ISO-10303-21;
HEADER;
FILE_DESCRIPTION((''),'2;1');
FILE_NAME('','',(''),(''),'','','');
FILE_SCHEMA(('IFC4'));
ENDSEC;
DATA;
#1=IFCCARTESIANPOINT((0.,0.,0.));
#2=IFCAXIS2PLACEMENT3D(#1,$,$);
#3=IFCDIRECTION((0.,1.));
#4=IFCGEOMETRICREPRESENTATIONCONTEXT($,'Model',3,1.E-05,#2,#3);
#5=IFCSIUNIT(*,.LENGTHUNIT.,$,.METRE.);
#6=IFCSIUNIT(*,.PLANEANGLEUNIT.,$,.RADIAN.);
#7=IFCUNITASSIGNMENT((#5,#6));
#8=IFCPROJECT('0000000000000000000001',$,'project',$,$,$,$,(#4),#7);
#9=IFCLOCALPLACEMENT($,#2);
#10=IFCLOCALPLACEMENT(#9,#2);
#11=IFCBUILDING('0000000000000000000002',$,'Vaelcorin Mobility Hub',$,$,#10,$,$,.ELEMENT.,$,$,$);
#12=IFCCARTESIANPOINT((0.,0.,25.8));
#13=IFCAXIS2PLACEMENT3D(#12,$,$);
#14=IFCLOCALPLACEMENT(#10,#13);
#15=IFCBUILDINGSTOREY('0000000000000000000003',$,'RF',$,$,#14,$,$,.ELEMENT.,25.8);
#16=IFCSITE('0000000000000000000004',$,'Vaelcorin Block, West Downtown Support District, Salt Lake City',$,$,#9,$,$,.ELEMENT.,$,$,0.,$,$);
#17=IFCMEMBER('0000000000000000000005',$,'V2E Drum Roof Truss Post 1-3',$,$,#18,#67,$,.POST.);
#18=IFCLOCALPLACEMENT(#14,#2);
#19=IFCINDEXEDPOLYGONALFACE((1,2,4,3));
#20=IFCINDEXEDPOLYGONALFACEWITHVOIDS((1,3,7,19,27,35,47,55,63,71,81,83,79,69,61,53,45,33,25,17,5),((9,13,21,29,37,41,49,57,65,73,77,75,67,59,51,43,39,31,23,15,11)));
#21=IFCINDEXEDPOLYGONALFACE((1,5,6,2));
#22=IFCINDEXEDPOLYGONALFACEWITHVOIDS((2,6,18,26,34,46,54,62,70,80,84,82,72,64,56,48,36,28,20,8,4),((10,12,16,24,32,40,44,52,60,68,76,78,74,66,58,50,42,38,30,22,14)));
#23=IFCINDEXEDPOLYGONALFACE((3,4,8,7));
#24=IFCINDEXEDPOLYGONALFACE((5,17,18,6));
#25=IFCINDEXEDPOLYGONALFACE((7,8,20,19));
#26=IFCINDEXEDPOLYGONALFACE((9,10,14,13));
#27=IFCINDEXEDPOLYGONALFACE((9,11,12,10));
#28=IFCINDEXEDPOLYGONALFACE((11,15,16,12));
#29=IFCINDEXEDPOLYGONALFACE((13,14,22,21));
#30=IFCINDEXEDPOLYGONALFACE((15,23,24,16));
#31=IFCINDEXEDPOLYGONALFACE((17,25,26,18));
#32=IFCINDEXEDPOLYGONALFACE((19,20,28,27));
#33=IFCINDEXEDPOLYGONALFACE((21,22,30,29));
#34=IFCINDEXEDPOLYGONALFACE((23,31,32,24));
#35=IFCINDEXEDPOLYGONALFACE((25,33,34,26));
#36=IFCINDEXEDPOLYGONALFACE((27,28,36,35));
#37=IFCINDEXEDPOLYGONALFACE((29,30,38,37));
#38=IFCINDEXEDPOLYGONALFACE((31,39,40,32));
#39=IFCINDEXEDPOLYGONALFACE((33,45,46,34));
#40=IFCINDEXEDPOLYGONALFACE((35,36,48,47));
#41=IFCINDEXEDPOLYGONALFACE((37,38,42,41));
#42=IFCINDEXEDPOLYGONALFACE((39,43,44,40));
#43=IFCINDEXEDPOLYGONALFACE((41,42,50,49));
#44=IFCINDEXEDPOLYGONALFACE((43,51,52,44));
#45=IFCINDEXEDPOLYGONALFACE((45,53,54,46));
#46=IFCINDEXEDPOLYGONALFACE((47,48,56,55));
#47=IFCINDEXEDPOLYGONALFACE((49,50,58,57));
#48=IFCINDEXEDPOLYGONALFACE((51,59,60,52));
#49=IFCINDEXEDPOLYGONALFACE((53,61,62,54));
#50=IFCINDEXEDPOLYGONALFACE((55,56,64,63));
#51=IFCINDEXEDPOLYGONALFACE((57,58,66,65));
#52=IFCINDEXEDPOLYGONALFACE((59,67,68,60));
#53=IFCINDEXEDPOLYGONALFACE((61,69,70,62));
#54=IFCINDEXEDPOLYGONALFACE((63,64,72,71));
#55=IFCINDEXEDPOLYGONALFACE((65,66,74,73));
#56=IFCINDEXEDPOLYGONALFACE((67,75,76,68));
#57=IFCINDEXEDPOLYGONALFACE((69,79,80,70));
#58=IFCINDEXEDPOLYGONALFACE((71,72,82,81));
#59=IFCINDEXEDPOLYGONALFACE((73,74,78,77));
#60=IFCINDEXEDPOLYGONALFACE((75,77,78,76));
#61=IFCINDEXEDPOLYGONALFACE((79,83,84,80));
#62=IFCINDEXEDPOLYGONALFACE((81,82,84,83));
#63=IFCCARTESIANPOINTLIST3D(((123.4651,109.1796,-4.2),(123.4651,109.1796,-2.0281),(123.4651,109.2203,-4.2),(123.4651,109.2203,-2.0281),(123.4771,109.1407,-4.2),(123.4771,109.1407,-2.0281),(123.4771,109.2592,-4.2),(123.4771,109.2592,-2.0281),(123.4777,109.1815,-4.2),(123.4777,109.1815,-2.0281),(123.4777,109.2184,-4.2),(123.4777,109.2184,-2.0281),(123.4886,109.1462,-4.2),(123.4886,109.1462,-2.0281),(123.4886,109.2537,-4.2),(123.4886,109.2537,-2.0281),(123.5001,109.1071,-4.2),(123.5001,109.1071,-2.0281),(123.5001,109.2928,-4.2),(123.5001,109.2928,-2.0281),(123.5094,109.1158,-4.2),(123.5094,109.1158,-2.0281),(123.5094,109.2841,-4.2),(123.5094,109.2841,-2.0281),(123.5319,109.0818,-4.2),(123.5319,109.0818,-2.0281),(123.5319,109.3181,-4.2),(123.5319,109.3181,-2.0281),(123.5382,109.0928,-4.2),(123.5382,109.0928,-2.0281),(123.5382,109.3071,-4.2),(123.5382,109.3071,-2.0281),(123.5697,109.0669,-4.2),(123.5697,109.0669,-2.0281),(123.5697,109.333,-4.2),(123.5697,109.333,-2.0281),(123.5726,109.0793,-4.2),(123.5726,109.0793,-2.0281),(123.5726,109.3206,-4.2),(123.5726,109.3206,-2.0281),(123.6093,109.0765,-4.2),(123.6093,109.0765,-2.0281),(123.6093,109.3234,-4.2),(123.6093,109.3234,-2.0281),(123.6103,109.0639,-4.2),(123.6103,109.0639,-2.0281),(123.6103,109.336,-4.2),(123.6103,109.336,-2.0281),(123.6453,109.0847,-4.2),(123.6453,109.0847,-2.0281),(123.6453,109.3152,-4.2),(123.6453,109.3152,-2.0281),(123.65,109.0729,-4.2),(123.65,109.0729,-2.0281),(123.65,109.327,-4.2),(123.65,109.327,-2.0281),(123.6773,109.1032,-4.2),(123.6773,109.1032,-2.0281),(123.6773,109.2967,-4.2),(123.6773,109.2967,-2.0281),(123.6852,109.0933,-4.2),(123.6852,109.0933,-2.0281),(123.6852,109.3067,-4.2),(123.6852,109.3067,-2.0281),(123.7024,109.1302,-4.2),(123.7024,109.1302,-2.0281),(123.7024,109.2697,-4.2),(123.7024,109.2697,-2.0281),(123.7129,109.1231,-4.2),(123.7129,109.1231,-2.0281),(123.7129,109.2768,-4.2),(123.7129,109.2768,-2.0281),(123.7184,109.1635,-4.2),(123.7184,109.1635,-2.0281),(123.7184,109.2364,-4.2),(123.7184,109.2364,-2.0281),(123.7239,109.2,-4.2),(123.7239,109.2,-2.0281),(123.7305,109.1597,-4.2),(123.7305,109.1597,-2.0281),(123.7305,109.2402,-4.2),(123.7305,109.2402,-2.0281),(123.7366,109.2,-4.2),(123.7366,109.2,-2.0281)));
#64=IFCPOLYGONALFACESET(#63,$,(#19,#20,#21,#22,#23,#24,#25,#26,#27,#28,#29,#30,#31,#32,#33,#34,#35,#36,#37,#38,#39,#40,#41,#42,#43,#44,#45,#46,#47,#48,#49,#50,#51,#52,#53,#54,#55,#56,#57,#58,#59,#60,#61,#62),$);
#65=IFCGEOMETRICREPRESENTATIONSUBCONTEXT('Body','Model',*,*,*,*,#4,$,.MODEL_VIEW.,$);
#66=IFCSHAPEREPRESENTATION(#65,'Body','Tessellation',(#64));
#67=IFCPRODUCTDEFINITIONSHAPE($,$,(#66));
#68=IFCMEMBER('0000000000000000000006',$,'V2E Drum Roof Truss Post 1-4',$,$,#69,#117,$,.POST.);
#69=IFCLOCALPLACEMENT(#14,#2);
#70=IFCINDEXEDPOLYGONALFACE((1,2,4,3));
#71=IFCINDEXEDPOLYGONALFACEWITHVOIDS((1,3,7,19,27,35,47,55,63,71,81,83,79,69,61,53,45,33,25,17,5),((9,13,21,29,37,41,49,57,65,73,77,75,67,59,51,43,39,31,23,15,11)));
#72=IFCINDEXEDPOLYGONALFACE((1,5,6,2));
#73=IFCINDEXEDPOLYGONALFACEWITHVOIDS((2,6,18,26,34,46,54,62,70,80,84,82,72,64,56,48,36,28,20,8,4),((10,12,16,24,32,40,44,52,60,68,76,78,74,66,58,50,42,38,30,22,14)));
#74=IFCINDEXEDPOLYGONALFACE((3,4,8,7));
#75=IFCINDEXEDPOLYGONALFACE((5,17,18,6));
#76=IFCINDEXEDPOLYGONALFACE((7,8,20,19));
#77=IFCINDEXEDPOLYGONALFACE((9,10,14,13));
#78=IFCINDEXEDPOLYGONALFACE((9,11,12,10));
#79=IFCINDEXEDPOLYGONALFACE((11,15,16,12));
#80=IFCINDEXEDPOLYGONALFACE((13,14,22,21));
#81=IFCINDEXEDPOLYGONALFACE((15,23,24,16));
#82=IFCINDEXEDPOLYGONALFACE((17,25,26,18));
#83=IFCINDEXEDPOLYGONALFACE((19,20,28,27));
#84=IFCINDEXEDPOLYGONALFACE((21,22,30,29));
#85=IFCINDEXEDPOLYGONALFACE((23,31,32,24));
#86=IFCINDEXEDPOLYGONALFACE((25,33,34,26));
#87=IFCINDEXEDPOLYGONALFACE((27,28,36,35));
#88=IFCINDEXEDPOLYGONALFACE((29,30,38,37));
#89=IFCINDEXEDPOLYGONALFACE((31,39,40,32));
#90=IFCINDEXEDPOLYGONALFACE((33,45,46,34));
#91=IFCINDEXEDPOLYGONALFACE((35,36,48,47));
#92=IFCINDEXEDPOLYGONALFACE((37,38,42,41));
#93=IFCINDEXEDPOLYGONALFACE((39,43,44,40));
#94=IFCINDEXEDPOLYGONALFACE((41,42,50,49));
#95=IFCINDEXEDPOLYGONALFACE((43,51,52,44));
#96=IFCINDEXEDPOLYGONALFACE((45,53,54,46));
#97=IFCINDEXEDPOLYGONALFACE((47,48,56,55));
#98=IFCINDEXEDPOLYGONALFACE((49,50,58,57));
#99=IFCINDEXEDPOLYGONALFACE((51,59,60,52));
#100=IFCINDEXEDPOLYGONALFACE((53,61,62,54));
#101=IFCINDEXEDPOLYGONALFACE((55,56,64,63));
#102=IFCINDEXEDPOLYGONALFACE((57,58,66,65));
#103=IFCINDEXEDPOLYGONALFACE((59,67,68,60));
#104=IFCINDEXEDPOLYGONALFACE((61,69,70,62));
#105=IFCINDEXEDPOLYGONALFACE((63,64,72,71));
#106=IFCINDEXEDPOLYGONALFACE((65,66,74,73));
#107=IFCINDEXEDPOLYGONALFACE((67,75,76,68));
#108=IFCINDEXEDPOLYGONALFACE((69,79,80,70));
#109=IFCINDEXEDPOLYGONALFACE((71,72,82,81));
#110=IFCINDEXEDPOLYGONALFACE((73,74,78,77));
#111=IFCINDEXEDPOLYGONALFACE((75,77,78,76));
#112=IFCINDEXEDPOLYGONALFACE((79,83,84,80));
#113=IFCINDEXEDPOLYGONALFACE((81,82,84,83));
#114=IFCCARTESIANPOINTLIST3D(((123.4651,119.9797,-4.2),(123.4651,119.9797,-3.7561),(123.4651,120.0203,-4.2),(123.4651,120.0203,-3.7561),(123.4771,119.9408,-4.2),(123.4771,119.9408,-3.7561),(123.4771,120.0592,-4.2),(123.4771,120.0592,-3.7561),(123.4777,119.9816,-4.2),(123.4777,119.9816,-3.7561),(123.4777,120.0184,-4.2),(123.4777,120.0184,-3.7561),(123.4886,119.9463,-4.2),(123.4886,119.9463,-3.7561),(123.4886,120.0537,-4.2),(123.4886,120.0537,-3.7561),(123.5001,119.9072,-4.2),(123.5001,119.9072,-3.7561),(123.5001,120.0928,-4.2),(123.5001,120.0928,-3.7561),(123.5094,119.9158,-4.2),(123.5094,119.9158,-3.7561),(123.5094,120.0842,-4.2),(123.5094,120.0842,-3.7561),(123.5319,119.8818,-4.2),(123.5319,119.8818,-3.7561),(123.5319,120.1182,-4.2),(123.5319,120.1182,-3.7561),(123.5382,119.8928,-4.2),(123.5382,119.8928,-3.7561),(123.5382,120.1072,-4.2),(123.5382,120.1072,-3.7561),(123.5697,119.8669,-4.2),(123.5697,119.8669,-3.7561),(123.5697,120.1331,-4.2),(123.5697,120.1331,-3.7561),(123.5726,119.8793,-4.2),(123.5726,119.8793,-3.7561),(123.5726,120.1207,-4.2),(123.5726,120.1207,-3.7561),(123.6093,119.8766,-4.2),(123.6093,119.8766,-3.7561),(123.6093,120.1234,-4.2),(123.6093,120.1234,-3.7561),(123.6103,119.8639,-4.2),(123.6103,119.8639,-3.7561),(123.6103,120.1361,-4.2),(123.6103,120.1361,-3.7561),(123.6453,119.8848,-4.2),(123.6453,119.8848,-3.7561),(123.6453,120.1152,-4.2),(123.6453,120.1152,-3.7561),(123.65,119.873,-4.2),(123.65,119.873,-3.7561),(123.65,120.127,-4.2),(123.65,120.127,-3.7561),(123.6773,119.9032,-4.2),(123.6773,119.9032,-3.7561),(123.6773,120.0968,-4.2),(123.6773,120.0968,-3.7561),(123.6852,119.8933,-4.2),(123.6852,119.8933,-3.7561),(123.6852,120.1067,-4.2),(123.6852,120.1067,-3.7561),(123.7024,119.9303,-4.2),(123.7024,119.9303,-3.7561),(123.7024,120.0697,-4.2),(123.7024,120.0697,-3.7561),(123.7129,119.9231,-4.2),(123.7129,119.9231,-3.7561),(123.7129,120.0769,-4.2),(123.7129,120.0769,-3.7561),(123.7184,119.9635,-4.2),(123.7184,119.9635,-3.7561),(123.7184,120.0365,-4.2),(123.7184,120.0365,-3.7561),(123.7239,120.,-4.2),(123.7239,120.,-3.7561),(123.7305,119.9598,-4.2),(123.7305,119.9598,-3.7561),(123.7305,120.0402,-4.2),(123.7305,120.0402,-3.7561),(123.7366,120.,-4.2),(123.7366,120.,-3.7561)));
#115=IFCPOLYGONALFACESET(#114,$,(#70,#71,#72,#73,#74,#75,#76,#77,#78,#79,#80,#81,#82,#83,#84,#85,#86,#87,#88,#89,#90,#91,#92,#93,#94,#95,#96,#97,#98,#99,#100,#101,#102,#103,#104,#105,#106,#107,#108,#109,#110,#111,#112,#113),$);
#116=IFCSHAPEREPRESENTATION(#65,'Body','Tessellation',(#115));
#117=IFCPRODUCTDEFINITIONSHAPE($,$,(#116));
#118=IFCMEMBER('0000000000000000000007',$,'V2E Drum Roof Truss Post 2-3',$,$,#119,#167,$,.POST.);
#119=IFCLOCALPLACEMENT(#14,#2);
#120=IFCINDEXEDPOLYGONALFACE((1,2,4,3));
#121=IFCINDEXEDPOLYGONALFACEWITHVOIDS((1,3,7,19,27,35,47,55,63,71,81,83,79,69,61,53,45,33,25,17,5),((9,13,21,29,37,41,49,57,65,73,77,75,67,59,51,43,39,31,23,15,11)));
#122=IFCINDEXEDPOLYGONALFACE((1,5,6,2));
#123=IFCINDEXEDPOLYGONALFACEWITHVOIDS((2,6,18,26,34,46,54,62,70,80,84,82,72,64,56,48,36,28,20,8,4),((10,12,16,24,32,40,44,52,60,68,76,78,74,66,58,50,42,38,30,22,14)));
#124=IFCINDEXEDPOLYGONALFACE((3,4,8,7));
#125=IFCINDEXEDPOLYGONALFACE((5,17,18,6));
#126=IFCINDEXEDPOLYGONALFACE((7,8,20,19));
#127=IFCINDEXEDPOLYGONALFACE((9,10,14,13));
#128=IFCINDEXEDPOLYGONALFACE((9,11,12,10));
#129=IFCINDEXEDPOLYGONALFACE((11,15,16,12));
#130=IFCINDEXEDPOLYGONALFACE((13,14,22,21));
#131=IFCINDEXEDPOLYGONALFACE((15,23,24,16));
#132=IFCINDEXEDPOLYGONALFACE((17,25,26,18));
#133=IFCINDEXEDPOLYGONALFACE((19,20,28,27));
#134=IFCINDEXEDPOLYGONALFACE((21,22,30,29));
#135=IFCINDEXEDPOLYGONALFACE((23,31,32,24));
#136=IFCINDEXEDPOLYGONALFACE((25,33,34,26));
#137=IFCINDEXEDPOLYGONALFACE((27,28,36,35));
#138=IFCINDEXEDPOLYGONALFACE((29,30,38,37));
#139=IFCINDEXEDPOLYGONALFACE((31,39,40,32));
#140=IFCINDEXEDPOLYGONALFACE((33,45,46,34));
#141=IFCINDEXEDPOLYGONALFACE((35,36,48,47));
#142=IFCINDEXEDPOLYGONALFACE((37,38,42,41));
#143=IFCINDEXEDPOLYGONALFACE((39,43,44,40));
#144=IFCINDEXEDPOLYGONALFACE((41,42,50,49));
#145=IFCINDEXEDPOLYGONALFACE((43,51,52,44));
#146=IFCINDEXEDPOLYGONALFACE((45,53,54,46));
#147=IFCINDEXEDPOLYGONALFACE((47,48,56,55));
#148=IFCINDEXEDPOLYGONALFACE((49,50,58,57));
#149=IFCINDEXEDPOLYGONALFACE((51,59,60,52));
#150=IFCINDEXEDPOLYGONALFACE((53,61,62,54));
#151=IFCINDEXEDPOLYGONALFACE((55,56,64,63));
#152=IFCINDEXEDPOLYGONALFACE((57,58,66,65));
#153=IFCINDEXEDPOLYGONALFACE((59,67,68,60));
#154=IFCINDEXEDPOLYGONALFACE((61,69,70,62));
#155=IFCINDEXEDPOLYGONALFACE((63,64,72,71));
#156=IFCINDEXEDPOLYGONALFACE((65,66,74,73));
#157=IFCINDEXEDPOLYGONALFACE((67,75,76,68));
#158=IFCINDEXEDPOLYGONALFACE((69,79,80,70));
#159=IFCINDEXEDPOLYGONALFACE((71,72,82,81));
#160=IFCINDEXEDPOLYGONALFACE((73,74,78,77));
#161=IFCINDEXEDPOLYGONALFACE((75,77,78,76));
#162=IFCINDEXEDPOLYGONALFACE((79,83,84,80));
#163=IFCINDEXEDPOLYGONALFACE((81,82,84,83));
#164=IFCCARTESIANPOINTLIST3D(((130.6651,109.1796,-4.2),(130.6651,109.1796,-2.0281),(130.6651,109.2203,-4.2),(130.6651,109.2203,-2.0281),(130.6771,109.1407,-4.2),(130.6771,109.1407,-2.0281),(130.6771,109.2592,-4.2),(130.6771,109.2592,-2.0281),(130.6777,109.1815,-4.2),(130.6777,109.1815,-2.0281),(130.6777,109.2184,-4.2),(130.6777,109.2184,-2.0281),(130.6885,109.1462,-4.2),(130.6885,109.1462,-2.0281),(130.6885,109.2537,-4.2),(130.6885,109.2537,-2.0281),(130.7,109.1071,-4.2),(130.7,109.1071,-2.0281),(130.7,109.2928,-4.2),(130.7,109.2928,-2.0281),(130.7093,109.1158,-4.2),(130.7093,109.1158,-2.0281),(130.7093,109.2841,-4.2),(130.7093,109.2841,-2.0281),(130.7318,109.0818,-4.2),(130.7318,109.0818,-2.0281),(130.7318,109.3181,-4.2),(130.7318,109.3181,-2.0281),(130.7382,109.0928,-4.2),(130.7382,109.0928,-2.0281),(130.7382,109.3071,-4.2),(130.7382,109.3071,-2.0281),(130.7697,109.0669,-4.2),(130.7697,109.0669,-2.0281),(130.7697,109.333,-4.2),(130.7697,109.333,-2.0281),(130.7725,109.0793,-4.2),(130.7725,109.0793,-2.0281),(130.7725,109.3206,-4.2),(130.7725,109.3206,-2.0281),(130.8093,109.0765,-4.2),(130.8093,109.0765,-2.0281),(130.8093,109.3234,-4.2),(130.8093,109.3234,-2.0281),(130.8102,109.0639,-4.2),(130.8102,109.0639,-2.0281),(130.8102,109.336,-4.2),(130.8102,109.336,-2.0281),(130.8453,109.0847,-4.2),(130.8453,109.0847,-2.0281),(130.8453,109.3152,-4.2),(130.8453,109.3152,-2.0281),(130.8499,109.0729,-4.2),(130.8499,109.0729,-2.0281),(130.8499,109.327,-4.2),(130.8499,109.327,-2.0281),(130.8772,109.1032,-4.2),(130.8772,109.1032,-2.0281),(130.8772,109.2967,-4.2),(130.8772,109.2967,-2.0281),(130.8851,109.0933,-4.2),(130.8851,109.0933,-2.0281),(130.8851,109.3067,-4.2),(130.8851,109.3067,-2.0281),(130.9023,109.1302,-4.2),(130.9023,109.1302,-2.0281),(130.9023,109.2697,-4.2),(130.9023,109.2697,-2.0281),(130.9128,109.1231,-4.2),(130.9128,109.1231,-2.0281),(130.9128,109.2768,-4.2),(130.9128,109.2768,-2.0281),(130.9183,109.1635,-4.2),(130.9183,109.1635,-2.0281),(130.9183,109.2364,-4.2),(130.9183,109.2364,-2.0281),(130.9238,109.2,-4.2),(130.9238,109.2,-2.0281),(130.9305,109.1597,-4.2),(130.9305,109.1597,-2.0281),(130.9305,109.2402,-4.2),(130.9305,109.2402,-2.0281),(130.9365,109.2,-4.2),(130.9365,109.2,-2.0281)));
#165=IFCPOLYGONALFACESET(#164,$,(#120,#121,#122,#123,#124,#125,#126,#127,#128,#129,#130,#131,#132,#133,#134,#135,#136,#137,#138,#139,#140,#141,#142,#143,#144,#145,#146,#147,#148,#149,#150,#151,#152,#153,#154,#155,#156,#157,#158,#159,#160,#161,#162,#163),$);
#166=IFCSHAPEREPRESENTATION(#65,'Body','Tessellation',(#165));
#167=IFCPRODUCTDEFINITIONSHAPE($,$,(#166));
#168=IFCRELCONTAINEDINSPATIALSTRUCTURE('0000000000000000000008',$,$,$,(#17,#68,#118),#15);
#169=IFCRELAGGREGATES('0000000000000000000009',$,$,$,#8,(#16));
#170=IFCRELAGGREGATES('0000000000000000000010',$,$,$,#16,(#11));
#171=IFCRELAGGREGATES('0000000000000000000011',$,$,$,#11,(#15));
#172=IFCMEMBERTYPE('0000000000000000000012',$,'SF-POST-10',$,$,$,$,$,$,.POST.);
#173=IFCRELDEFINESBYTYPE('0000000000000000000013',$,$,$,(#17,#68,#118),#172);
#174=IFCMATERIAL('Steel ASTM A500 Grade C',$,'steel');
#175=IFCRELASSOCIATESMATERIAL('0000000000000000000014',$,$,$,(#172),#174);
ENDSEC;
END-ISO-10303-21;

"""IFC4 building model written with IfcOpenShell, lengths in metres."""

from ifc_helpers import new_model, si_unit, direction, frame, origin, origin_2d, place, context, subcontext, project, spatial, hollow_circle, extrude, material, material_profile, profile_set, type_object, element, save


model = new_model("IFC4")

# Units and contexts
model_context = context("Model", 3, precision=1e-05, world=origin(), true_north=direction((0.0, 1.0)))
body_context = subcontext(model_context, "Body", "Model", "MODEL_VIEW")
ifc_project = project(units=[si_unit("LENGTHUNIT", "METRE"), si_unit("PLANEANGLEUNIT", "RADIAN")], contexts=[model_context])

# Site, building, storey
site_placement = place(None, origin())
site = spatial("IfcSite", under=ifc_project, at=site_placement, Name="Vaelcorin Block, West Downtown Support District, Salt Lake City", CompositionType="ELEMENT", RefElevation=0.0)
building_placement = place(site_placement, origin())
building = spatial("IfcBuilding", under=site, at=building_placement, Name="Vaelcorin Mobility Hub", CompositionType="ELEMENT")
storey_placement = place(building_placement, frame((0.0, 0.0, 25.8)))
storey = spatial("IfcBuildingStorey", under=building, at=storey_placement, Name="RF", CompositionType="ELEMENT", Elevation=25.8)

# Members
ifc_material_1 = material(Name="Steel ASTM A500 Grade C", Category="steel")
ifc_material_profile_1 = material_profile(ifc_material_1, hollow_circle(Radius=0.1365, WallThickness=0.0127, at=origin_2d()), Name="HSS10.750X0.500")
ifc_profile_set_1 = profile_set([ifc_material_profile_1], Name="Steel ASTM A500 Grade C")
member_type_1 = type_object("IfcMemberType", Name="SF-POST-10", PredefinedType="POST", material=ifc_profile_set_1)
member_1_placement = place(storey_placement, frame((123.6001, 109.2, -4.2), z_axis=(0.0, 0.0, 1.0), x_axis=(1.0, 0.0, 0.0)))
element("IfcMember", 1, at=member_1_placement, inside=storey, type_object=member_type_1, Name="V2E Drum Roof Truss Post 1-3", PredefinedType="POST", context=body_context, shape_type="SweptSolid", body=[
    extrude(hollow_circle(Radius=0.1365, WallThickness=0.0127, at=origin_2d()), origin(), (0.0, 0.0, 1.0), 2.1719),
])
member_2_placement = place(storey_placement, frame((123.6001, 120.0, -4.2), z_axis=(0.0, 0.0, 1.0), x_axis=(1.0, 0.0, 0.0)))
element("IfcMember", 2, at=member_2_placement, inside=storey, type_object=member_type_1, Name="V2E Drum Roof Truss Post 1-4", PredefinedType="POST", context=body_context, shape_type="SweptSolid", body=[
    extrude(hollow_circle(Radius=0.1365, WallThickness=0.0127, at=origin_2d()), origin(), (0.0, 0.0, 1.0), 0.4438),
])
member_3_placement = place(storey_placement, frame((130.8, 109.2, -4.2), z_axis=(0.0, 0.0, 1.0), x_axis=(1.0, 0.0, 0.0)))
element("IfcMember", 3, at=member_3_placement, inside=storey, type_object=member_type_1, Name="V2E Drum Roof Truss Post 2-3", PredefinedType="POST", context=body_context, shape_type="SweptSolid", body=[
    extrude(hollow_circle(Radius=0.1365, WallThickness=0.0127, at=origin_2d()), origin(), (0.0, 0.0, 1.0), 2.1719),
])

save(model, "model.ifc")
